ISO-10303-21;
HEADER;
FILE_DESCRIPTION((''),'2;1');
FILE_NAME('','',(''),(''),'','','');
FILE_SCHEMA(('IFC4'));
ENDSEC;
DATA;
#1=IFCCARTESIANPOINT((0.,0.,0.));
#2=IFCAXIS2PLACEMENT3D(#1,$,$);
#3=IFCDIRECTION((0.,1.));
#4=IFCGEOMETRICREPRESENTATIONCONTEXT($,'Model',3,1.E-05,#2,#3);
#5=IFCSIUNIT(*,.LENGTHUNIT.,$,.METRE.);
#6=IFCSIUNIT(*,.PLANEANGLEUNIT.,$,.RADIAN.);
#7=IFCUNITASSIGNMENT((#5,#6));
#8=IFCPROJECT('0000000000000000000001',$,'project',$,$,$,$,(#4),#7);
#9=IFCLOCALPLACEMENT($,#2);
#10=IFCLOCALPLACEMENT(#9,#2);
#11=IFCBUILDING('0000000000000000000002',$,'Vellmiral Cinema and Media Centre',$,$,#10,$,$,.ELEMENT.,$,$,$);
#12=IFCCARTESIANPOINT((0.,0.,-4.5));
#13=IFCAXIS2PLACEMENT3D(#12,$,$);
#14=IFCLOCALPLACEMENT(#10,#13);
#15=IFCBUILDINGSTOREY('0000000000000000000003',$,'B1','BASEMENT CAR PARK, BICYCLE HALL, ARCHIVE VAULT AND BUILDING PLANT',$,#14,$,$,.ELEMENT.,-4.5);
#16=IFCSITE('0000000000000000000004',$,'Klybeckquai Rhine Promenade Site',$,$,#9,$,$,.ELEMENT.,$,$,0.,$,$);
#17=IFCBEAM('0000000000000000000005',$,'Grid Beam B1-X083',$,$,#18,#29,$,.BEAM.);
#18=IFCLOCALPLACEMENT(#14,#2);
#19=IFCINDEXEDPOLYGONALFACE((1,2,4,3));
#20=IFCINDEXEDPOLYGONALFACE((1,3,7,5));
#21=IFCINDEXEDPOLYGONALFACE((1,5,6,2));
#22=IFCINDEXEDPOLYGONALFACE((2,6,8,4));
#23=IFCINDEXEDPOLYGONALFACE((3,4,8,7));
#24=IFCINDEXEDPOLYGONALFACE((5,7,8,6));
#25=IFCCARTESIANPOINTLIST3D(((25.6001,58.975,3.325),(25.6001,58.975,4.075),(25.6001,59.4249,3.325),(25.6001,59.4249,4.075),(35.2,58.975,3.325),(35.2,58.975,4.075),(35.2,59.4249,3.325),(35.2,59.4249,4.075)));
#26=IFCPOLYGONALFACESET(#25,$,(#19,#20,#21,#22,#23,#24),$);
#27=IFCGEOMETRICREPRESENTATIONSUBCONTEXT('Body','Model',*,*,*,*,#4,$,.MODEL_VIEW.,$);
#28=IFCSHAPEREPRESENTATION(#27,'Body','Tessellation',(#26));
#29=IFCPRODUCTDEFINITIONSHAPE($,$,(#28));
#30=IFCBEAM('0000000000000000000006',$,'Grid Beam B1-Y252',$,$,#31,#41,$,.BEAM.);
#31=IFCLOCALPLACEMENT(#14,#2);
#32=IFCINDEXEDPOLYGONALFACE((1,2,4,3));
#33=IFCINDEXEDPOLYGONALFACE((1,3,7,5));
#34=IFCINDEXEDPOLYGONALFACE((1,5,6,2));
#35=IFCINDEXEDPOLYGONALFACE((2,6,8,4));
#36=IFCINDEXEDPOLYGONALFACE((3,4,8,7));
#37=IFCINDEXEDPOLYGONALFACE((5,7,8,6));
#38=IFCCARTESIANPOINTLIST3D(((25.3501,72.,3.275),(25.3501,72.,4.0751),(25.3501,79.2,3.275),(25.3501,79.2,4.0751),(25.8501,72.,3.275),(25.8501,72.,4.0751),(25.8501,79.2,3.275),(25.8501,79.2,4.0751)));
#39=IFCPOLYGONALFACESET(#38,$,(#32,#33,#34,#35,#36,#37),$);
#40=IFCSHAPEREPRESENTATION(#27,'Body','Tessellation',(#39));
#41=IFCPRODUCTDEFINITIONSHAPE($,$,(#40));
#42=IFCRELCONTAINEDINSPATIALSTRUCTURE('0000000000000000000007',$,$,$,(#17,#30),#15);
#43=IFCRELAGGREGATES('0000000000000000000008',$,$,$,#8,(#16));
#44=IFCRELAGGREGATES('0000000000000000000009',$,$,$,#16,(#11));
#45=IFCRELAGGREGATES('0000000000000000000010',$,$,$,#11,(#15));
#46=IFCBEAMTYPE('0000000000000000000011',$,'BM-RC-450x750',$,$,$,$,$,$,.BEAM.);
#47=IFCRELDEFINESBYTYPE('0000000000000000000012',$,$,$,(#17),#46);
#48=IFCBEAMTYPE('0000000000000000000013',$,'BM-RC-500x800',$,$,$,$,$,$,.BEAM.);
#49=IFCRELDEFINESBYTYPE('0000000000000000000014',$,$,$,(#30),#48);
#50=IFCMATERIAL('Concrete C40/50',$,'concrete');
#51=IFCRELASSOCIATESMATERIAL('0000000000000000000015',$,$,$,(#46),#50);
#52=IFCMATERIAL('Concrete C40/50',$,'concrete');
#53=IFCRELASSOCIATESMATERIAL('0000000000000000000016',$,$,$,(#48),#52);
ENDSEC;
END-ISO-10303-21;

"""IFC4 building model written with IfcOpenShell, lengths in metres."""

from ifc_helpers import new_model, si_unit, direction, frame, origin, origin_2d, place, context, subcontext, project, spatial, rectangle, extrude, material, material_profile, profile_set, type_object, element, save


model = new_model("IFC4")

# Units and contexts
model_context = context("Model", 3, precision=1e-05, world=origin(), true_north=direction((0.0, 1.0)))
body_context = subcontext(model_context, "Body", "Model", "MODEL_VIEW")
ifc_project = project(units=[si_unit("LENGTHUNIT", "METRE"), si_unit("PLANEANGLEUNIT", "RADIAN")], contexts=[model_context])

# Site, building, storey
site_placement = place(None, origin())
site = spatial("IfcSite", under=ifc_project, at=site_placement, Name="Klybeckquai Rhine Promenade Site", CompositionType="ELEMENT", RefElevation=0.0)
building_placement = place(site_placement, origin())
building = spatial("IfcBuilding", under=site, at=building_placement, Name="Vellmiral Cinema and Media Centre", CompositionType="ELEMENT")
storey_placement = place(building_placement, frame((0.0, 0.0, -4.5)))
storey = spatial("IfcBuildingStorey", under=building, at=storey_placement, Name="B1", Description="BASEMENT CAR PARK, BICYCLE HALL, ARCHIVE VAULT AND BUILDING PLANT", CompositionType="ELEMENT", Elevation=-4.5)

# Beams
ifc_material_1 = material(Name="Concrete C40/50", Category="concrete")
ifc_material_profile_1 = material_profile(ifc_material_1, rectangle(XDim=0.45, YDim=0.75, at=origin_2d()), Name="RC 450x750")
ifc_profile_set_1 = profile_set([ifc_material_profile_1], Name="Concrete C40/50")
beam_type_1 = type_object("IfcBeamType", Name="BM-RC-450x750", PredefinedType="BEAM", material=ifc_profile_set_1)
beam_1_placement = place(storey_placement, frame((25.6001, 59.2, 3.7), z_axis=(1.0, 0.0, 0.0), x_axis=(0.0, 1.0, 0.0)))
element("IfcBeam", 1, at=beam_1_placement, inside=storey, type_object=beam_type_1, Name="Grid Beam B1-X083", PredefinedType="BEAM", context=body_context, shape_type="SweptSolid", body=[
    extrude(rectangle(XDim=0.45, YDim=0.75, at=origin_2d()), origin(), (0.0, 0.0, 1.0), 9.5999),
])
ifc_material_2 = material(Name="Concrete C40/50", Category="concrete")
ifc_material_profile_2 = material_profile(ifc_material_2, rectangle(XDim=0.5, YDim=0.8, at=origin_2d()), Name="RC 500x800")
ifc_profile_set_2 = profile_set([ifc_material_profile_2], Name="Concrete C40/50")
beam_type_2 = type_object("IfcBeamType", Name="BM-RC-500x800", PredefinedType="BEAM", material=ifc_profile_set_2)
beam_2_placement = place(storey_placement, frame((25.6001, 72.0, 3.675), z_axis=(0.0, 1.0, 0.0), x_axis=(-1.0, 0.0, 0.0)))
element("IfcBeam", 2, at=beam_2_placement, inside=storey, type_object=beam_type_2, Name="Grid Beam B1-Y252", PredefinedType="BEAM", context=body_context, shape_type="SweptSolid", body=[
    extrude(rectangle(XDim=0.5, YDim=0.8, at=origin_2d()), origin(), (0.0, 0.0, 1.0), 7.2),
])

save(model, "model.ifc")
